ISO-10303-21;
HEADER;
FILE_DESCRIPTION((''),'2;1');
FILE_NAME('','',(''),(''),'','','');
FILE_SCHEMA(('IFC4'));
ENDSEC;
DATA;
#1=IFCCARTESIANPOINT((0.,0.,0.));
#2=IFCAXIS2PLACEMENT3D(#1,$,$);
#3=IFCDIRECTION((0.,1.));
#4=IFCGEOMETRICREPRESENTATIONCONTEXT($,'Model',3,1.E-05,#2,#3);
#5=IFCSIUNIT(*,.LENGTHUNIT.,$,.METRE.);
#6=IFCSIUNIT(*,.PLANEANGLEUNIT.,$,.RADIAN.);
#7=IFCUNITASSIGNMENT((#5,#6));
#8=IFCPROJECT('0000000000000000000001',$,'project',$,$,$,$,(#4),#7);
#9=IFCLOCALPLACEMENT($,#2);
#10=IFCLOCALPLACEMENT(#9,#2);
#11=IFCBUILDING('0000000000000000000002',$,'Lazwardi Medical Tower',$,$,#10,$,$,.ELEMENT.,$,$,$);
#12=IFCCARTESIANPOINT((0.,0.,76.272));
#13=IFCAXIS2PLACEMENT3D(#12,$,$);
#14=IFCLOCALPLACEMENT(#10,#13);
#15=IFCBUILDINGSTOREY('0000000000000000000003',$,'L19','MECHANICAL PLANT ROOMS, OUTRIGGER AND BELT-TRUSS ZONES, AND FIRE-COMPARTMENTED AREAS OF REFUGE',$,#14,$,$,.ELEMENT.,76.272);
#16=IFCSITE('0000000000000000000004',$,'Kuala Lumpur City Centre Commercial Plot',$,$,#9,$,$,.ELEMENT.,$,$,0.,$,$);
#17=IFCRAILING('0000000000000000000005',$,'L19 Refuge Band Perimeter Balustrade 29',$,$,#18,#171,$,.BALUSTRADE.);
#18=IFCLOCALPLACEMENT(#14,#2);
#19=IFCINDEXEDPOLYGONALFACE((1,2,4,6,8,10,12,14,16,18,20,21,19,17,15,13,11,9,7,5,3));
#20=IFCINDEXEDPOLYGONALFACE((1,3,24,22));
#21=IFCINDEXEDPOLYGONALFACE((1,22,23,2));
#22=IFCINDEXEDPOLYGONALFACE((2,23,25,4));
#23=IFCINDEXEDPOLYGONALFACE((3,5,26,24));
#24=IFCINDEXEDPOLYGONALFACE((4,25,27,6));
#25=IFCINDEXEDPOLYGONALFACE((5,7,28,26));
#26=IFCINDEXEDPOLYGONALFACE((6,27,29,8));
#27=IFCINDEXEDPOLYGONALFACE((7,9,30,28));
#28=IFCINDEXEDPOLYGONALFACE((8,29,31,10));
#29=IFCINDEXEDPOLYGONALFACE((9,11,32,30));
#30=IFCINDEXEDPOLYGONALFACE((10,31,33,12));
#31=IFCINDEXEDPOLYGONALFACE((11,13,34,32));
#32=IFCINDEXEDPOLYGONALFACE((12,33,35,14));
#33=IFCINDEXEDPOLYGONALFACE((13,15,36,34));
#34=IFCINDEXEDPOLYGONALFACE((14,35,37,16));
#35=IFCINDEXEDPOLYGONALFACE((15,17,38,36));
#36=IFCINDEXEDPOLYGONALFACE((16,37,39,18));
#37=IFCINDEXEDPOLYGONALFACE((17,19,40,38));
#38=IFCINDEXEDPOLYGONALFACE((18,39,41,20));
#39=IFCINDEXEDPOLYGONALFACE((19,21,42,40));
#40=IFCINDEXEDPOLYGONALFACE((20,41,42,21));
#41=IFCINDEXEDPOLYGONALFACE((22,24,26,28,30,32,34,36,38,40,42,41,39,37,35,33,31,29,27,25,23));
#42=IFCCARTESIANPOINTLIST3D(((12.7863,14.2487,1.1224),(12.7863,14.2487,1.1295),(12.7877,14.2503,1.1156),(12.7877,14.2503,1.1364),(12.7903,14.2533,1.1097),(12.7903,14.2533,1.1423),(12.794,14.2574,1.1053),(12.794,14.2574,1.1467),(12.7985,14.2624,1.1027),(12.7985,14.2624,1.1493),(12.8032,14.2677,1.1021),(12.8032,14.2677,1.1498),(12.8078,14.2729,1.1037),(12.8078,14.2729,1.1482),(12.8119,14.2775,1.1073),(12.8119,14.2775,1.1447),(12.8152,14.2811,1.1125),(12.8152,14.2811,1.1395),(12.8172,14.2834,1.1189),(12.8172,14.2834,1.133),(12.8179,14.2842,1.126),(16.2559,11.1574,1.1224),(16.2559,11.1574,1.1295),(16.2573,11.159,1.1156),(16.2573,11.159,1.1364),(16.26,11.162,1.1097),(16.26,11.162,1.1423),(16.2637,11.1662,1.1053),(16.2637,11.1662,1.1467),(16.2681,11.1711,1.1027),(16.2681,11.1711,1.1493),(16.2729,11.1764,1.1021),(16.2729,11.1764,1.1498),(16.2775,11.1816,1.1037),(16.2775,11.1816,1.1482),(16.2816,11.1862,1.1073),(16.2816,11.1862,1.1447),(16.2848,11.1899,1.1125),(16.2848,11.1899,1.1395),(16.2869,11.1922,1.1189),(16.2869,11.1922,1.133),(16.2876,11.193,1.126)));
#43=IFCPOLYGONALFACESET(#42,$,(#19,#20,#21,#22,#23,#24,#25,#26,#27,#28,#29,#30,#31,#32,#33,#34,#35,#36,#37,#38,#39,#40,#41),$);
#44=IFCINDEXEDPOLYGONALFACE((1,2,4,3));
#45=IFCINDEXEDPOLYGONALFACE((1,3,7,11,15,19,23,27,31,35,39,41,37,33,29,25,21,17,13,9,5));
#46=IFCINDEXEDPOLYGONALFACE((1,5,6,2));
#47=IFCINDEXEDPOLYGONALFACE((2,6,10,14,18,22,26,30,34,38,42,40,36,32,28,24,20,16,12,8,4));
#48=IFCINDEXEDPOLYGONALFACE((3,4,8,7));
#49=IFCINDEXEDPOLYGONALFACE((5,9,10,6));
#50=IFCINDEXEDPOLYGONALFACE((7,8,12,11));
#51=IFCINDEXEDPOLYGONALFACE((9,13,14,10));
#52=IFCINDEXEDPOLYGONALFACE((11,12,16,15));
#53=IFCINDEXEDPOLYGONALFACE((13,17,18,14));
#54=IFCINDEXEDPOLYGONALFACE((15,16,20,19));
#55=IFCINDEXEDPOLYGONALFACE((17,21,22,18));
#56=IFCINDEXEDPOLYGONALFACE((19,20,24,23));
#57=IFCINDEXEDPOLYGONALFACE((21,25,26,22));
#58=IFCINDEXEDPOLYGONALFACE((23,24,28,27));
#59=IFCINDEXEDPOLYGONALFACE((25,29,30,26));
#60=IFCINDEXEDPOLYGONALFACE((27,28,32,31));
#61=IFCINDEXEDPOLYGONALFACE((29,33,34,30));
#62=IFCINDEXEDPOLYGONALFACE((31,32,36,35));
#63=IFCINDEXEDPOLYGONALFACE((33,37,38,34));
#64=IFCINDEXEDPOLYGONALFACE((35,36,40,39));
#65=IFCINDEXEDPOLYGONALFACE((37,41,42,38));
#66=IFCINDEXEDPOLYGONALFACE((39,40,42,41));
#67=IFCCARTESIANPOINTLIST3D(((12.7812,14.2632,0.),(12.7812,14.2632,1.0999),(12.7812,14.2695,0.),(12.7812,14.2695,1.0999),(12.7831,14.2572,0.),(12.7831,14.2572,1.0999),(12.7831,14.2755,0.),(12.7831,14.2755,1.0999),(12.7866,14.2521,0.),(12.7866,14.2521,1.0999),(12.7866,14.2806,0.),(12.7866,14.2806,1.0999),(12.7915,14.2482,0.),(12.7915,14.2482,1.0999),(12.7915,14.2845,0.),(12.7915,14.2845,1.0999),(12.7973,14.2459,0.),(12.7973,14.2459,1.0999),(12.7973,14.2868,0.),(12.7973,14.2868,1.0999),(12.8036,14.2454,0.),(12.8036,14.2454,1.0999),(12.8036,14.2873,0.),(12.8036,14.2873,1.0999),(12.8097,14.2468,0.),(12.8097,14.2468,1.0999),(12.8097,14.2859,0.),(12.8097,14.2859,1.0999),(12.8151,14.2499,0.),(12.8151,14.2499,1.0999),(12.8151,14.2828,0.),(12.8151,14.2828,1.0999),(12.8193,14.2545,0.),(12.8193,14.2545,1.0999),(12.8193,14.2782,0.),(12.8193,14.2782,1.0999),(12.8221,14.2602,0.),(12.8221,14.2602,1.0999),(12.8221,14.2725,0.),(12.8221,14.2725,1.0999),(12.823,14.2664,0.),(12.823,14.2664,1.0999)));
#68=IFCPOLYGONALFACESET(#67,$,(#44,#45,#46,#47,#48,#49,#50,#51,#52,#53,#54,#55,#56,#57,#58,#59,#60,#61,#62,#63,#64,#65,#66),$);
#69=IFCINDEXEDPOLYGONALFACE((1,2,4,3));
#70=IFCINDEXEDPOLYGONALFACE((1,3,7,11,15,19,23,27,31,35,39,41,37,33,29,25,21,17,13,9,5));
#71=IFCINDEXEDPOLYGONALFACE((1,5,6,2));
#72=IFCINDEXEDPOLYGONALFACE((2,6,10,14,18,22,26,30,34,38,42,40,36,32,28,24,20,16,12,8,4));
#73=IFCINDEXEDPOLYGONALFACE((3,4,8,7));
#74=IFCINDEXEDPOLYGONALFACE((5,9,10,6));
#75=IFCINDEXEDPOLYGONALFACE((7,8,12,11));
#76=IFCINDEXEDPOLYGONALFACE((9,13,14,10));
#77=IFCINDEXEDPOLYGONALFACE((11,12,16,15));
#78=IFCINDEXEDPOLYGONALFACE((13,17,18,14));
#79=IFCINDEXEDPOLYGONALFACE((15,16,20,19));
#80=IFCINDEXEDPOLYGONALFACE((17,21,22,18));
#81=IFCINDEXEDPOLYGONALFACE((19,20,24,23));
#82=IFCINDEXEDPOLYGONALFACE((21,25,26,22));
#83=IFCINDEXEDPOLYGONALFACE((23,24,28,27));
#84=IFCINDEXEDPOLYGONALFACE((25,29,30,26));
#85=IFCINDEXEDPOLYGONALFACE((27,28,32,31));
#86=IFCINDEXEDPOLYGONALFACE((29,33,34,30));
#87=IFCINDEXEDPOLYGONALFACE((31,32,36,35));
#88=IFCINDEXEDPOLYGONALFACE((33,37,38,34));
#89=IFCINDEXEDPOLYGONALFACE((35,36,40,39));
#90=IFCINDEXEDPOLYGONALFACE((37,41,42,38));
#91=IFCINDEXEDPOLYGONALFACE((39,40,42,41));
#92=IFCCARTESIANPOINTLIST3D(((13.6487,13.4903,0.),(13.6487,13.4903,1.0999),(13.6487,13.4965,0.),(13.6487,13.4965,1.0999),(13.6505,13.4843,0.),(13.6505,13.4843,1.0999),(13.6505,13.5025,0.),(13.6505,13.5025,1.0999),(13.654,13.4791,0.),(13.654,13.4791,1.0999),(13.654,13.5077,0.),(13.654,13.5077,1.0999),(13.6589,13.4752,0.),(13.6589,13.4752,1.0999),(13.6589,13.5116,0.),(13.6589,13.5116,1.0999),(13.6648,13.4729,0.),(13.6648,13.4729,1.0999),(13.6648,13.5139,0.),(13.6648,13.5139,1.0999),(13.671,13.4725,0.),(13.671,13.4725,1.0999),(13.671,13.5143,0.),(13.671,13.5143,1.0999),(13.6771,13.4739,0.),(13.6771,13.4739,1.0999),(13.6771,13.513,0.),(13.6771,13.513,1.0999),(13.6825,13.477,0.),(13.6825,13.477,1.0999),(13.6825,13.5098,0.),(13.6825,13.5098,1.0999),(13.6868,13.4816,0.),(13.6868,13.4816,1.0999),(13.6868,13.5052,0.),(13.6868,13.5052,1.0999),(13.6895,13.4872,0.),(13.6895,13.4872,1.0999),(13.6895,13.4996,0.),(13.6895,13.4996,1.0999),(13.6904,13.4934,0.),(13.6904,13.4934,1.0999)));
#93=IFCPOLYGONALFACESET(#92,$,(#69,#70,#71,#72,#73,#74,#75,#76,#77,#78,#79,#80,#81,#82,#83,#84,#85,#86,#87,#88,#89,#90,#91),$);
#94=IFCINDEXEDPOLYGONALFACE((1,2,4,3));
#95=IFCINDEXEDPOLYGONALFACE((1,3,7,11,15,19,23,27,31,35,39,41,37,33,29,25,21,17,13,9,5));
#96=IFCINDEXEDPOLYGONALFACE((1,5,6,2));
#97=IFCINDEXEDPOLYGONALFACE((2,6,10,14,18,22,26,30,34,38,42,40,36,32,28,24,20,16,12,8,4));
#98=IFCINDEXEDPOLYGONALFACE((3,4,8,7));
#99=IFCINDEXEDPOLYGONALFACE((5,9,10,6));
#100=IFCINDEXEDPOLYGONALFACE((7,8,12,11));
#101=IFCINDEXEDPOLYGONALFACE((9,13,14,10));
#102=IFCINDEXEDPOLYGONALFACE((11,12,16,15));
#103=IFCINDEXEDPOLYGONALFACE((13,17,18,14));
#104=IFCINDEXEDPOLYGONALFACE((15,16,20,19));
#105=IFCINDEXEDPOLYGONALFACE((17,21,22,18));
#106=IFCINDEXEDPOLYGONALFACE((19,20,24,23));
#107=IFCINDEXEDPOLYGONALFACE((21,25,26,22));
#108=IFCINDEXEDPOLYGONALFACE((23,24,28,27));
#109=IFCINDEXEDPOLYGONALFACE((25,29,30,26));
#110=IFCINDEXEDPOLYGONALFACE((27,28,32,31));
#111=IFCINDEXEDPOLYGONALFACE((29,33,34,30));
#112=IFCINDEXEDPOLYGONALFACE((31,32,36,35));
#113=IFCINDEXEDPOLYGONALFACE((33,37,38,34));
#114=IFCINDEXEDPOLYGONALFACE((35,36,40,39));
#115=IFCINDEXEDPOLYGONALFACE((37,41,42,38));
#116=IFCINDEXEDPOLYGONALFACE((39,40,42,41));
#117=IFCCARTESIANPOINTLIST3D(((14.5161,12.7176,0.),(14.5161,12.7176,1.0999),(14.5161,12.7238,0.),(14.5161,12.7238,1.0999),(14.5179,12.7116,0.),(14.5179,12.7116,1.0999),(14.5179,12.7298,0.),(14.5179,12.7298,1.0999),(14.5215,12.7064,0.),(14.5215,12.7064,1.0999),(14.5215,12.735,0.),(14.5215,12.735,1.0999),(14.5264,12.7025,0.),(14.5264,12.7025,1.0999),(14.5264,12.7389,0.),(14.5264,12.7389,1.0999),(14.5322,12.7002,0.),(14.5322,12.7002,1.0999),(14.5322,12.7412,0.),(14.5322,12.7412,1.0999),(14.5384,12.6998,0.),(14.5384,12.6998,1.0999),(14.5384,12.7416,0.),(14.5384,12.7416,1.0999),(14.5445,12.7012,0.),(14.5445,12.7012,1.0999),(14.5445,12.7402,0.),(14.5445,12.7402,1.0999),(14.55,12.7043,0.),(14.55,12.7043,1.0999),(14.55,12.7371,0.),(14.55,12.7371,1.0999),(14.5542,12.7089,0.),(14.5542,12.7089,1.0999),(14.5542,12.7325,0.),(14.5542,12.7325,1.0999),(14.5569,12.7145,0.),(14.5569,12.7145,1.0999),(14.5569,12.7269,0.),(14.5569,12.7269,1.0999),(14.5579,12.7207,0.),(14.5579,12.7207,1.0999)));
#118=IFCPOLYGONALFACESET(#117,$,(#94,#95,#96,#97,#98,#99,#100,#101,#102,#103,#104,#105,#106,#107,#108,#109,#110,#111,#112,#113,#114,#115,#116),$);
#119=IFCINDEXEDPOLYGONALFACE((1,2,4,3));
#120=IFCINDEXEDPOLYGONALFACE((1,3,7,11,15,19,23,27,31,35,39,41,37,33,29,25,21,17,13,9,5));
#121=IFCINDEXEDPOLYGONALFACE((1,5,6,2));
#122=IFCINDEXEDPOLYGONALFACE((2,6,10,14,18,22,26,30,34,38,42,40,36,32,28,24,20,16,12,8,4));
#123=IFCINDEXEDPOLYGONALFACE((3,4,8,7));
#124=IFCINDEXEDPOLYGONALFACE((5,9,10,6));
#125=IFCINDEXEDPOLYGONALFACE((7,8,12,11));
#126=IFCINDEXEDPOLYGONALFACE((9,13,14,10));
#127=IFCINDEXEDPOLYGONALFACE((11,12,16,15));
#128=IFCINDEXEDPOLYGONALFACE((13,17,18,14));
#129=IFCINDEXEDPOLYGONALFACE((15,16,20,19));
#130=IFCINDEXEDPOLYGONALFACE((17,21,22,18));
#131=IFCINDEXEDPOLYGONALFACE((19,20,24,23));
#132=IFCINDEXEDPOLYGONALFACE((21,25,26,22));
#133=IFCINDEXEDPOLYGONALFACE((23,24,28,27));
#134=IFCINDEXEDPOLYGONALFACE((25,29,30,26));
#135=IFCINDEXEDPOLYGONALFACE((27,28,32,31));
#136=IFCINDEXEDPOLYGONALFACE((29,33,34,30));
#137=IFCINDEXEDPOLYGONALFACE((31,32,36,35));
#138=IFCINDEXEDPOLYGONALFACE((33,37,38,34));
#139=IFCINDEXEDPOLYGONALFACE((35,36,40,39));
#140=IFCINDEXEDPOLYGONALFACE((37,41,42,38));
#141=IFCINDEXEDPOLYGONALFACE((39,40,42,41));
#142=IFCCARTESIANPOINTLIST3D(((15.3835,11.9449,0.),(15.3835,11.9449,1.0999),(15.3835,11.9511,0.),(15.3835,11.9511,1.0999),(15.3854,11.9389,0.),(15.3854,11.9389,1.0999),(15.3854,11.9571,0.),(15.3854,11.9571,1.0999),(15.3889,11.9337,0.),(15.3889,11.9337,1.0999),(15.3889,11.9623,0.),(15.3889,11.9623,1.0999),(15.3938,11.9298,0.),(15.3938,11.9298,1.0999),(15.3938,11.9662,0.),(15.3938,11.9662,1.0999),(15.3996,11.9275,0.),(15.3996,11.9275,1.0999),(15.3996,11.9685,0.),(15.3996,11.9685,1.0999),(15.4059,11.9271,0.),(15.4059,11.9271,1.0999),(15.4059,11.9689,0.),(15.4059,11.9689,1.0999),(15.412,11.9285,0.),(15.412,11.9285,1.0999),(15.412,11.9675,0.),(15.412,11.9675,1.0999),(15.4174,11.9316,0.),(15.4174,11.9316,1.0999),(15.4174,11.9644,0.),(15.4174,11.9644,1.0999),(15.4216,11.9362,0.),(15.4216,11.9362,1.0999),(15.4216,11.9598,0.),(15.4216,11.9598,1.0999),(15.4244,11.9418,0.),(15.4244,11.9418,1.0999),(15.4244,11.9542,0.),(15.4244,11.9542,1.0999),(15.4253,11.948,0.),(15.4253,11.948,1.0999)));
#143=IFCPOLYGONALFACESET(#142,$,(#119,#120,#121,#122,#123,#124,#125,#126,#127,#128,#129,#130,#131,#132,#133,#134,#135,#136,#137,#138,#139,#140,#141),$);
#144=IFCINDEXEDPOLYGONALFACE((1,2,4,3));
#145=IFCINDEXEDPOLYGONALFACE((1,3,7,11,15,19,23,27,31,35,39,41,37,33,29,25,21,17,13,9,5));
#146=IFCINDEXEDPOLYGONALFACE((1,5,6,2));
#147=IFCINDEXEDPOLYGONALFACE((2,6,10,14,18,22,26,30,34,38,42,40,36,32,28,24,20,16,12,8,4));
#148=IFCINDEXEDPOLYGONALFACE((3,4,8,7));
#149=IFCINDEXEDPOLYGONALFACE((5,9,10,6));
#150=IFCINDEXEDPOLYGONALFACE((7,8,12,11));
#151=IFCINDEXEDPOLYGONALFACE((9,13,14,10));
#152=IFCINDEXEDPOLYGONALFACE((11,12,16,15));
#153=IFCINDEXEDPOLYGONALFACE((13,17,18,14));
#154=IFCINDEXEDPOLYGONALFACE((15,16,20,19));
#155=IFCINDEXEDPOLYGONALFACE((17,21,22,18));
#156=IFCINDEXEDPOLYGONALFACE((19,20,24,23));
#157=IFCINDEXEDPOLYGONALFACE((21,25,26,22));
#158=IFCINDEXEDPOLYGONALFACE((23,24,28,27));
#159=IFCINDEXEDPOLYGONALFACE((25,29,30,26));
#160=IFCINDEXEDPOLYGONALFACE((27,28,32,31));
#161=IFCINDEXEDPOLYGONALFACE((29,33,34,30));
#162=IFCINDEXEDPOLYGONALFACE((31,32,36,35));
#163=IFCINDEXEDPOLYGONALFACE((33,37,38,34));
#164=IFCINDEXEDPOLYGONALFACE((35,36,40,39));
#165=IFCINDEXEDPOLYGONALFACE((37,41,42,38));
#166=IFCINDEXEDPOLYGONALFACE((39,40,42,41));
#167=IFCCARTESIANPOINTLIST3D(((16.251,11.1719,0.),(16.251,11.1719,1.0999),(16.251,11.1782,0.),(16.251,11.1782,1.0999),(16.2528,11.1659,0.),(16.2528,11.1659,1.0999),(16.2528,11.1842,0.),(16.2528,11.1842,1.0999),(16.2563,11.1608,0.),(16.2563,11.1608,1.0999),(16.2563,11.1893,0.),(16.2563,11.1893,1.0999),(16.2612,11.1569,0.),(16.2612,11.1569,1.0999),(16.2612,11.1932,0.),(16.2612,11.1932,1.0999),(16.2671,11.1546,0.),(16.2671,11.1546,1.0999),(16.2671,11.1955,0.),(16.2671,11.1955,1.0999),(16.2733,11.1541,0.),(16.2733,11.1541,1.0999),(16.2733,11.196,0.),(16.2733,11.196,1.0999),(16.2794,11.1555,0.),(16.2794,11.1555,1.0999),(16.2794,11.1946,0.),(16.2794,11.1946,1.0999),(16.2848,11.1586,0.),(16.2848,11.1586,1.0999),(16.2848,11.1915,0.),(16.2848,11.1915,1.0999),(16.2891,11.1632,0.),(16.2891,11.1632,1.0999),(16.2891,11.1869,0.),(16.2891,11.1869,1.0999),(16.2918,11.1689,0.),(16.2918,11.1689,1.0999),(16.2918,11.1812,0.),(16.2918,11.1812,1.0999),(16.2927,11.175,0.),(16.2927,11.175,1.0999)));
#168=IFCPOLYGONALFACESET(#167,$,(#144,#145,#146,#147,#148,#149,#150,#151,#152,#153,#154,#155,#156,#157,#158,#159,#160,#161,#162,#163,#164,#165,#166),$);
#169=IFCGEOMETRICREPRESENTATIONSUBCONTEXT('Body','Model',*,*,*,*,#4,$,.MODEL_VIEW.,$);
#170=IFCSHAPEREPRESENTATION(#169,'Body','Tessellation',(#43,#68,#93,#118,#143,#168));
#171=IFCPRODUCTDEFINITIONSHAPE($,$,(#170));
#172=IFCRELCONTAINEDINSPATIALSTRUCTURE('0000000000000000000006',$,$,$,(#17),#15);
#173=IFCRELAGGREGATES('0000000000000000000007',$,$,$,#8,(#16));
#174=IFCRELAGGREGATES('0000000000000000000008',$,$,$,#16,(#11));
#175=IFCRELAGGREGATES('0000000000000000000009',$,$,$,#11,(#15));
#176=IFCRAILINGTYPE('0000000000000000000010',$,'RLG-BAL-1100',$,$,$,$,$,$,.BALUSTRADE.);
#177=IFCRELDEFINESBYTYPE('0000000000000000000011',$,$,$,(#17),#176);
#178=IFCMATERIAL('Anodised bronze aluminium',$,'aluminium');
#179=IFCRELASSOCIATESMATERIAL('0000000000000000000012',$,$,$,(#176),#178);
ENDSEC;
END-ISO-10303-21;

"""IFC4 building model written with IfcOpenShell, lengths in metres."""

from ifc_helpers import new_model, si_unit, direction, frame, origin, origin_2d, place, context, subcontext, project, spatial, circle, extrude, material, type_object, element, save


model = new_model("IFC4")

# Units and contexts
model_context = context("Model", 3, precision=1e-05, world=origin(), true_north=direction((0.0, 1.0)))
body_context = subcontext(model_context, "Body", "Model", "MODEL_VIEW")
ifc_project = project(units=[si_unit("LENGTHUNIT", "METRE"), si_unit("PLANEANGLEUNIT", "RADIAN")], contexts=[model_context])

# Site, building, storey
site_placement = place(None, origin())
site = spatial("IfcSite", under=ifc_project, at=site_placement, Name="Kuala Lumpur City Centre Commercial Plot", CompositionType="ELEMENT", RefElevation=0.0)
building_placement = place(site_placement, origin())
building = spatial("IfcBuilding", under=site, at=building_placement, Name="Lazwardi Medical Tower", CompositionType="ELEMENT")
storey_placement = place(building_placement, frame((0.0, 0.0, 76.272)))
storey = spatial("IfcBuildingStorey", under=building, at=storey_placement, Name="L19", Description="MECHANICAL PLANT ROOMS, OUTRIGGER AND BELT-TRUSS ZONES, AND FIRE-COMPARTMENTED AREAS OF REFUGE", CompositionType="ELEMENT", Elevation=76.272)

# Railing
ifc_material_1 = material(Name="Anodised bronze aluminium", Category="aluminium")
railing_type = type_object("IfcRailingType", Name="RLG-BAL-1100", PredefinedType="BALUSTRADE", material=ifc_material_1)
railing_1_placement = place(storey_placement, frame((12.802, 14.2664, 0.0)))
element("IfcRailing", 1, at=railing_1_placement, inside=storey, type_object=railing_type, Name="L19 Refuge Band Perimeter Balustrade 29", PredefinedType="BALUSTRADE", context=body_context, shape_type="SweptSolid", body=[
    extrude(circle(Radius=0.0239, at=origin_2d()), frame((0.0, 0.0, 1.126), z_axis=(0.746649, -0.665218, 0.0), x_axis=(0.665218, 0.746649, 0.0)), (0.0, 0.0, 1.0), 4.647),
    extrude(circle(Radius=0.021, at=origin_2d()), origin(), (0.0, 0.0, 1.0), 1.0999),
    extrude(circle(Radius=0.021, at=origin_2d()), frame((0.8674, -0.7729, 0.0)), (0.0, 0.0, 1.0), 1.0999),
    extrude(circle(Radius=0.021, at=origin_2d()), frame((1.7349, -1.5457, 0.0)), (0.0, 0.0, 1.0), 1.0999),
    extrude(circle(Radius=0.021, at=origin_2d()), frame((2.6023, -2.3184, 0.0)), (0.0, 0.0, 1.0), 1.0999),
    extrude(circle(Radius=0.021, at=origin_2d()), frame((3.4697, -3.0913, 0.0)), (0.0, 0.0, 1.0), 1.0999),
])

save(model, "model.ifc")
